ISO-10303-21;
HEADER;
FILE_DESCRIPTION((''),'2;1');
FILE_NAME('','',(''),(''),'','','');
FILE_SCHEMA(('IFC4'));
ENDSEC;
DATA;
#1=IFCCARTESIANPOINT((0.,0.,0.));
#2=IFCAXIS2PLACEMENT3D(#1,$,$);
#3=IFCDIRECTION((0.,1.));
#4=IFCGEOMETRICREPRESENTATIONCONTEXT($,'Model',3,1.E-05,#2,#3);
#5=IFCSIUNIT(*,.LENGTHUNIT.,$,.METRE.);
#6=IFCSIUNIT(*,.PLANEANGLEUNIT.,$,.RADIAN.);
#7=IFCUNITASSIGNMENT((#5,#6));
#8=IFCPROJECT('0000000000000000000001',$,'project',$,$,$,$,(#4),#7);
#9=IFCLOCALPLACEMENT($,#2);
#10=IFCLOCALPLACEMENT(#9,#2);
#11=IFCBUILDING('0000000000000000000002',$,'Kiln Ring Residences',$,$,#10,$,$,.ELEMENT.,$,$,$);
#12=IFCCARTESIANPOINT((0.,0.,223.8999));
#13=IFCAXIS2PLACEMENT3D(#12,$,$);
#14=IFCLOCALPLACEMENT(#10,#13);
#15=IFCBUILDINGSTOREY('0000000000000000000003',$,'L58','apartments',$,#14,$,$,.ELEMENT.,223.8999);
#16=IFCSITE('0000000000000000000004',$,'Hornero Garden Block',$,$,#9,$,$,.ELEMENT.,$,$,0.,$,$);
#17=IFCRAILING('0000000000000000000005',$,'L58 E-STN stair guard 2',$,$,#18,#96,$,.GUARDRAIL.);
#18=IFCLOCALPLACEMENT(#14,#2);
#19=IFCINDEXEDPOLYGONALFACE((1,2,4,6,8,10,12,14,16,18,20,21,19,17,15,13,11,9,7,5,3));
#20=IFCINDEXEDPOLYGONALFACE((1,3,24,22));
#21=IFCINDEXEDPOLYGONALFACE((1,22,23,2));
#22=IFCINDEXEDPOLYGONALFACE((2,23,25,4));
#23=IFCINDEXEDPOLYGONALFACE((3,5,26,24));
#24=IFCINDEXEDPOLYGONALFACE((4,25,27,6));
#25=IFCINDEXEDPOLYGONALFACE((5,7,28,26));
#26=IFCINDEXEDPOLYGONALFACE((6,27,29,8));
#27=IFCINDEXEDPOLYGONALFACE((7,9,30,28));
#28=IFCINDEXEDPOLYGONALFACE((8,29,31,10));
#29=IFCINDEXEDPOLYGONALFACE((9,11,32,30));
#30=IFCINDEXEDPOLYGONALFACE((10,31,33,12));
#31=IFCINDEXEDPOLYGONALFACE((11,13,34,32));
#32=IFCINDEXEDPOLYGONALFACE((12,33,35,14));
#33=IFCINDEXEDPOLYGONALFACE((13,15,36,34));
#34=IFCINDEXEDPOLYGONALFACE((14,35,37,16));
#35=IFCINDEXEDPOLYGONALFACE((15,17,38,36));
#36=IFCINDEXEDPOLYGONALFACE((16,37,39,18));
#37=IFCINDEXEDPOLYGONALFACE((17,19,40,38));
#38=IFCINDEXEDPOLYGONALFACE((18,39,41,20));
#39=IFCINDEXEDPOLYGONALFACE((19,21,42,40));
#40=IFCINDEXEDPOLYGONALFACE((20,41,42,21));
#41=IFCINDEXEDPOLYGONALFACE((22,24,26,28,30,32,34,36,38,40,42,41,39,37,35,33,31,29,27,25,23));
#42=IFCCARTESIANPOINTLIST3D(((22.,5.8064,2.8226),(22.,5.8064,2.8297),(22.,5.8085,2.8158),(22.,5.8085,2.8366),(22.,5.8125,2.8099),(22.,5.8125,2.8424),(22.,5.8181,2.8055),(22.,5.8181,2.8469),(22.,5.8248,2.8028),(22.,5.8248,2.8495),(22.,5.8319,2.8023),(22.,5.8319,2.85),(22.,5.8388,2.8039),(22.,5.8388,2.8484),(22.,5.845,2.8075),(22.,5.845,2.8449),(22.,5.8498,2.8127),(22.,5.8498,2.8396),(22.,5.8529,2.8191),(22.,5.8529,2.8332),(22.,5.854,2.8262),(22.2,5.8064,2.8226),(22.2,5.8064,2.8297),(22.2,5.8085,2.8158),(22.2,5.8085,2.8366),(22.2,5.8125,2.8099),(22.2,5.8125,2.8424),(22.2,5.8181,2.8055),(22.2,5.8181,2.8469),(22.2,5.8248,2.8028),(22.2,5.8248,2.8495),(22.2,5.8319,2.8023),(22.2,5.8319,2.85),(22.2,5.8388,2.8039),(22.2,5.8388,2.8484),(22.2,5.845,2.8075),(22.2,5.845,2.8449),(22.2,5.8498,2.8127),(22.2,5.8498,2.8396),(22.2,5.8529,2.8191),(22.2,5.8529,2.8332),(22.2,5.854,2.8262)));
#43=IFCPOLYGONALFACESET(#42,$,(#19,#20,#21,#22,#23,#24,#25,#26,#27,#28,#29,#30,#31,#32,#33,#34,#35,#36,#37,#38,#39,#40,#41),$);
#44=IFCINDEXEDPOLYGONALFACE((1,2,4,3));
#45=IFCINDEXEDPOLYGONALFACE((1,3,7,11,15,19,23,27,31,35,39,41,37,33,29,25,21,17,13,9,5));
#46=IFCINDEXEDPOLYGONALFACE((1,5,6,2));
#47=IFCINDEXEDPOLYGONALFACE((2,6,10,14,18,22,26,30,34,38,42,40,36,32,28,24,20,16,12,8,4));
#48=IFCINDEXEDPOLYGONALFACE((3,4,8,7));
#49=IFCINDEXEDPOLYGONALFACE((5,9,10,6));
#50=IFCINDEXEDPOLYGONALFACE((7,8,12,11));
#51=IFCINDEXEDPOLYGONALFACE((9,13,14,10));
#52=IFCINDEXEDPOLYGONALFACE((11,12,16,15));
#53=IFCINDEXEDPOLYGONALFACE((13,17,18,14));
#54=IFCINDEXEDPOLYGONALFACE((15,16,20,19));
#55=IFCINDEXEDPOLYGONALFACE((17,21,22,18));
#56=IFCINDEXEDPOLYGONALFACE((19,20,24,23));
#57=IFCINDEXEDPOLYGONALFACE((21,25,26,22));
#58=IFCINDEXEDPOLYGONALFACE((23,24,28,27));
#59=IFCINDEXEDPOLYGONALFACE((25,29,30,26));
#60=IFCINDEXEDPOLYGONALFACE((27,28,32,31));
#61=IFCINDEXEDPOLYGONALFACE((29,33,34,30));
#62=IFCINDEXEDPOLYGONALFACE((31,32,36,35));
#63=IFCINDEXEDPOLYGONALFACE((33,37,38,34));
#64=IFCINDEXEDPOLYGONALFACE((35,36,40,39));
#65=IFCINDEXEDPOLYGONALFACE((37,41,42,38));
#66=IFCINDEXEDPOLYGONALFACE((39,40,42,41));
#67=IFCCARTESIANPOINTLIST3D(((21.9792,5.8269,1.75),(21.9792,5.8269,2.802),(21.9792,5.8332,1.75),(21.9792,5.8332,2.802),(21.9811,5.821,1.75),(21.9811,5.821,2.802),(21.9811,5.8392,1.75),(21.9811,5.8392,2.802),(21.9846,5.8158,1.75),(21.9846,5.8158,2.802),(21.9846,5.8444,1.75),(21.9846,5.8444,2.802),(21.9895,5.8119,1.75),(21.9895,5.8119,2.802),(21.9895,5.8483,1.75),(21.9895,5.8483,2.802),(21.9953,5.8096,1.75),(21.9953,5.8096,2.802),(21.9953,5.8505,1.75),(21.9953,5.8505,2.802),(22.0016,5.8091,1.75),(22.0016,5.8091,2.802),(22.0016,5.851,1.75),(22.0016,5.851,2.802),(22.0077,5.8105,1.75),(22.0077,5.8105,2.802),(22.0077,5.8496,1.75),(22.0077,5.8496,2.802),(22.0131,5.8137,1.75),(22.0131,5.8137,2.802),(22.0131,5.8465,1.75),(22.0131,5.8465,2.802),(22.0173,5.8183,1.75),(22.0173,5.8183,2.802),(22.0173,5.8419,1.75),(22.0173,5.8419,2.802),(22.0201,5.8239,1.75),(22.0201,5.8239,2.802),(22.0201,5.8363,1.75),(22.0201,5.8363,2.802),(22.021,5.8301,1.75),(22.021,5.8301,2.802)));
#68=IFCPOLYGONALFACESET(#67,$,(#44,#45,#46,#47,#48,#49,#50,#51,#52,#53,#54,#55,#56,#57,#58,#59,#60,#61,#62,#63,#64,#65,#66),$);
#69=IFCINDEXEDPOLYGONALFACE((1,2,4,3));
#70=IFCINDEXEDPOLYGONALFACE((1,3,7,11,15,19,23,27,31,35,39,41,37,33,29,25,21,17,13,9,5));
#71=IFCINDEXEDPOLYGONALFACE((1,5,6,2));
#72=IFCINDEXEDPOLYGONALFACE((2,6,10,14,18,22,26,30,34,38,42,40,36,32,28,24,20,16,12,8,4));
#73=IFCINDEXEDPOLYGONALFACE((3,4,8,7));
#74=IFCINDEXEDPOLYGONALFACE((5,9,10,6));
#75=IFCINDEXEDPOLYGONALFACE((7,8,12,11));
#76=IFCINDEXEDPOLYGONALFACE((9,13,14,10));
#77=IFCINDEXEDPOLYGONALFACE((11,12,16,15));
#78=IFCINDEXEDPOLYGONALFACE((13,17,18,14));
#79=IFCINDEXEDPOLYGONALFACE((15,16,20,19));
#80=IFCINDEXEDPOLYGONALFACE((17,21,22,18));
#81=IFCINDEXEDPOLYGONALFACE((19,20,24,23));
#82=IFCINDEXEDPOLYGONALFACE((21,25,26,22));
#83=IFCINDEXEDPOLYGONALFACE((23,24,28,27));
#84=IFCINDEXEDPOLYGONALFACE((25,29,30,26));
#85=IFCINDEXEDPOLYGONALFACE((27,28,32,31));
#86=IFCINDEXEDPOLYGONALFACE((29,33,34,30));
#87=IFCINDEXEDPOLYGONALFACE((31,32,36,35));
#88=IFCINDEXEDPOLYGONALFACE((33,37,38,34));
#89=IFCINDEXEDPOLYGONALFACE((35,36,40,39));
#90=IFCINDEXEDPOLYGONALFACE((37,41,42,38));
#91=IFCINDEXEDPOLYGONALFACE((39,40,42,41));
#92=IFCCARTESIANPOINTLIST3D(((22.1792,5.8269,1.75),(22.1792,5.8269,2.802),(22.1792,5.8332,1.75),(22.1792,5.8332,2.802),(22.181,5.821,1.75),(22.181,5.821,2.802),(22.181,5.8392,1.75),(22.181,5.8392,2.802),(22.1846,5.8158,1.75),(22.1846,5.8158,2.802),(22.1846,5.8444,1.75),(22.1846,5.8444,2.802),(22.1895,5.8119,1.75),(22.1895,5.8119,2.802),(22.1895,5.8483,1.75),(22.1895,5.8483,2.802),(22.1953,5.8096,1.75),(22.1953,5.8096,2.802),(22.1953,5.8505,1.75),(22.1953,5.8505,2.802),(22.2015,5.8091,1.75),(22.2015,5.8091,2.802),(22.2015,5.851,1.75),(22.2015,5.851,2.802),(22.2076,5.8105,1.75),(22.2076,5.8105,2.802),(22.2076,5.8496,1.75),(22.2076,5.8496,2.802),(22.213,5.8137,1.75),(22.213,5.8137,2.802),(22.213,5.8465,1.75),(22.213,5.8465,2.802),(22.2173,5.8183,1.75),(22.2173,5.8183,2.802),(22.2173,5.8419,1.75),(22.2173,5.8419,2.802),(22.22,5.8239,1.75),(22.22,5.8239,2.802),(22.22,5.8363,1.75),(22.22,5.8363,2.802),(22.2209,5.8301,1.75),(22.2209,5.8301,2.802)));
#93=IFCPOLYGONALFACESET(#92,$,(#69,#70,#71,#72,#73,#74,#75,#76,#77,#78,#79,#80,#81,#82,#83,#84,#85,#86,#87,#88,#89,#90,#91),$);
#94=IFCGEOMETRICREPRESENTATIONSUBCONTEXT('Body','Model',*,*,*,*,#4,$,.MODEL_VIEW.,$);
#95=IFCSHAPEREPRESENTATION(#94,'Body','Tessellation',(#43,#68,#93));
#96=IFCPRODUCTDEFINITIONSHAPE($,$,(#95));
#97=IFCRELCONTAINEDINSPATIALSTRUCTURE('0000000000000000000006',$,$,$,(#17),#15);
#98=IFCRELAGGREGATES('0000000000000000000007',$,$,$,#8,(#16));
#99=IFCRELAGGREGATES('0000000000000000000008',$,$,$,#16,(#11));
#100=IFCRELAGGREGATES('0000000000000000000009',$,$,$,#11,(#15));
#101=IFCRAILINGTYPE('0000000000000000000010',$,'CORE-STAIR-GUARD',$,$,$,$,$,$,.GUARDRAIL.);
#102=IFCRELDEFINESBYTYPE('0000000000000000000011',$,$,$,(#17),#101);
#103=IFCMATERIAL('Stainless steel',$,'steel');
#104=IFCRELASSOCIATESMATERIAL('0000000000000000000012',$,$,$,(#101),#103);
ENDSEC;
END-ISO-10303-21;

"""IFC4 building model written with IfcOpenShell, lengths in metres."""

from ifc_helpers import new_model, si_unit, direction, frame, origin, origin_2d, place, context, subcontext, project, spatial, circle, extrude, material, type_object, element, save


model = new_model("IFC4")

# Units and contexts
model_context = context("Model", 3, precision=1e-05, world=origin(), true_north=direction((0.0, 1.0)))
body_context = subcontext(model_context, "Body", "Model", "MODEL_VIEW")
ifc_project = project(units=[si_unit("LENGTHUNIT", "METRE"), si_unit("PLANEANGLEUNIT", "RADIAN")], contexts=[model_context])

# Site, building, storey
site_placement = place(None, origin())
site = spatial("IfcSite", under=ifc_project, at=site_placement, Name="Hornero Garden Block", CompositionType="ELEMENT", RefElevation=0.0)
building_placement = place(site_placement, origin())
building = spatial("IfcBuilding", under=site, at=building_placement, Name="Kiln Ring Residences", CompositionType="ELEMENT")
storey_placement = place(building_placement, frame((0.0, 0.0, 223.8999)))
storey = spatial("IfcBuildingStorey", under=building, at=storey_placement, Name="L58", Description="apartments", CompositionType="ELEMENT", Elevation=223.8999)

# Railing
ifc_material_1 = material(Name="Stainless steel", Category="steel")
railing_type_1 = type_object("IfcRailingType", Name="CORE-STAIR-GUARD", PredefinedType="GUARDRAIL", material=ifc_material_1)
railing_1_placement = place(storey_placement, frame((22.0, 5.8301, 1.75)))
element("IfcRailing", 1, at=railing_1_placement, inside=storey, type_object=railing_type_1, Name="L58 E-STN stair guard 2", PredefinedType="GUARDRAIL", context=body_context, shape_type="SweptSolid", body=[
    extrude(circle(Radius=0.0239, at=origin_2d()), frame((0.0, 0.0, 1.0762), z_axis=(1.0, 0.0, 0.0), x_axis=(0.0, 1.0, 0.0)), (0.0, 0.0, 1.0), 0.2),
    extrude(circle(Radius=0.021, at=origin_2d()), origin(), (0.0, 0.0, 1.0), 1.052),
    extrude(circle(Radius=0.021, at=origin_2d()), frame((0.2, 0.0, 0.0)), (0.0, 0.0, 1.0), 1.052),
])

save(model, "model.ifc")
